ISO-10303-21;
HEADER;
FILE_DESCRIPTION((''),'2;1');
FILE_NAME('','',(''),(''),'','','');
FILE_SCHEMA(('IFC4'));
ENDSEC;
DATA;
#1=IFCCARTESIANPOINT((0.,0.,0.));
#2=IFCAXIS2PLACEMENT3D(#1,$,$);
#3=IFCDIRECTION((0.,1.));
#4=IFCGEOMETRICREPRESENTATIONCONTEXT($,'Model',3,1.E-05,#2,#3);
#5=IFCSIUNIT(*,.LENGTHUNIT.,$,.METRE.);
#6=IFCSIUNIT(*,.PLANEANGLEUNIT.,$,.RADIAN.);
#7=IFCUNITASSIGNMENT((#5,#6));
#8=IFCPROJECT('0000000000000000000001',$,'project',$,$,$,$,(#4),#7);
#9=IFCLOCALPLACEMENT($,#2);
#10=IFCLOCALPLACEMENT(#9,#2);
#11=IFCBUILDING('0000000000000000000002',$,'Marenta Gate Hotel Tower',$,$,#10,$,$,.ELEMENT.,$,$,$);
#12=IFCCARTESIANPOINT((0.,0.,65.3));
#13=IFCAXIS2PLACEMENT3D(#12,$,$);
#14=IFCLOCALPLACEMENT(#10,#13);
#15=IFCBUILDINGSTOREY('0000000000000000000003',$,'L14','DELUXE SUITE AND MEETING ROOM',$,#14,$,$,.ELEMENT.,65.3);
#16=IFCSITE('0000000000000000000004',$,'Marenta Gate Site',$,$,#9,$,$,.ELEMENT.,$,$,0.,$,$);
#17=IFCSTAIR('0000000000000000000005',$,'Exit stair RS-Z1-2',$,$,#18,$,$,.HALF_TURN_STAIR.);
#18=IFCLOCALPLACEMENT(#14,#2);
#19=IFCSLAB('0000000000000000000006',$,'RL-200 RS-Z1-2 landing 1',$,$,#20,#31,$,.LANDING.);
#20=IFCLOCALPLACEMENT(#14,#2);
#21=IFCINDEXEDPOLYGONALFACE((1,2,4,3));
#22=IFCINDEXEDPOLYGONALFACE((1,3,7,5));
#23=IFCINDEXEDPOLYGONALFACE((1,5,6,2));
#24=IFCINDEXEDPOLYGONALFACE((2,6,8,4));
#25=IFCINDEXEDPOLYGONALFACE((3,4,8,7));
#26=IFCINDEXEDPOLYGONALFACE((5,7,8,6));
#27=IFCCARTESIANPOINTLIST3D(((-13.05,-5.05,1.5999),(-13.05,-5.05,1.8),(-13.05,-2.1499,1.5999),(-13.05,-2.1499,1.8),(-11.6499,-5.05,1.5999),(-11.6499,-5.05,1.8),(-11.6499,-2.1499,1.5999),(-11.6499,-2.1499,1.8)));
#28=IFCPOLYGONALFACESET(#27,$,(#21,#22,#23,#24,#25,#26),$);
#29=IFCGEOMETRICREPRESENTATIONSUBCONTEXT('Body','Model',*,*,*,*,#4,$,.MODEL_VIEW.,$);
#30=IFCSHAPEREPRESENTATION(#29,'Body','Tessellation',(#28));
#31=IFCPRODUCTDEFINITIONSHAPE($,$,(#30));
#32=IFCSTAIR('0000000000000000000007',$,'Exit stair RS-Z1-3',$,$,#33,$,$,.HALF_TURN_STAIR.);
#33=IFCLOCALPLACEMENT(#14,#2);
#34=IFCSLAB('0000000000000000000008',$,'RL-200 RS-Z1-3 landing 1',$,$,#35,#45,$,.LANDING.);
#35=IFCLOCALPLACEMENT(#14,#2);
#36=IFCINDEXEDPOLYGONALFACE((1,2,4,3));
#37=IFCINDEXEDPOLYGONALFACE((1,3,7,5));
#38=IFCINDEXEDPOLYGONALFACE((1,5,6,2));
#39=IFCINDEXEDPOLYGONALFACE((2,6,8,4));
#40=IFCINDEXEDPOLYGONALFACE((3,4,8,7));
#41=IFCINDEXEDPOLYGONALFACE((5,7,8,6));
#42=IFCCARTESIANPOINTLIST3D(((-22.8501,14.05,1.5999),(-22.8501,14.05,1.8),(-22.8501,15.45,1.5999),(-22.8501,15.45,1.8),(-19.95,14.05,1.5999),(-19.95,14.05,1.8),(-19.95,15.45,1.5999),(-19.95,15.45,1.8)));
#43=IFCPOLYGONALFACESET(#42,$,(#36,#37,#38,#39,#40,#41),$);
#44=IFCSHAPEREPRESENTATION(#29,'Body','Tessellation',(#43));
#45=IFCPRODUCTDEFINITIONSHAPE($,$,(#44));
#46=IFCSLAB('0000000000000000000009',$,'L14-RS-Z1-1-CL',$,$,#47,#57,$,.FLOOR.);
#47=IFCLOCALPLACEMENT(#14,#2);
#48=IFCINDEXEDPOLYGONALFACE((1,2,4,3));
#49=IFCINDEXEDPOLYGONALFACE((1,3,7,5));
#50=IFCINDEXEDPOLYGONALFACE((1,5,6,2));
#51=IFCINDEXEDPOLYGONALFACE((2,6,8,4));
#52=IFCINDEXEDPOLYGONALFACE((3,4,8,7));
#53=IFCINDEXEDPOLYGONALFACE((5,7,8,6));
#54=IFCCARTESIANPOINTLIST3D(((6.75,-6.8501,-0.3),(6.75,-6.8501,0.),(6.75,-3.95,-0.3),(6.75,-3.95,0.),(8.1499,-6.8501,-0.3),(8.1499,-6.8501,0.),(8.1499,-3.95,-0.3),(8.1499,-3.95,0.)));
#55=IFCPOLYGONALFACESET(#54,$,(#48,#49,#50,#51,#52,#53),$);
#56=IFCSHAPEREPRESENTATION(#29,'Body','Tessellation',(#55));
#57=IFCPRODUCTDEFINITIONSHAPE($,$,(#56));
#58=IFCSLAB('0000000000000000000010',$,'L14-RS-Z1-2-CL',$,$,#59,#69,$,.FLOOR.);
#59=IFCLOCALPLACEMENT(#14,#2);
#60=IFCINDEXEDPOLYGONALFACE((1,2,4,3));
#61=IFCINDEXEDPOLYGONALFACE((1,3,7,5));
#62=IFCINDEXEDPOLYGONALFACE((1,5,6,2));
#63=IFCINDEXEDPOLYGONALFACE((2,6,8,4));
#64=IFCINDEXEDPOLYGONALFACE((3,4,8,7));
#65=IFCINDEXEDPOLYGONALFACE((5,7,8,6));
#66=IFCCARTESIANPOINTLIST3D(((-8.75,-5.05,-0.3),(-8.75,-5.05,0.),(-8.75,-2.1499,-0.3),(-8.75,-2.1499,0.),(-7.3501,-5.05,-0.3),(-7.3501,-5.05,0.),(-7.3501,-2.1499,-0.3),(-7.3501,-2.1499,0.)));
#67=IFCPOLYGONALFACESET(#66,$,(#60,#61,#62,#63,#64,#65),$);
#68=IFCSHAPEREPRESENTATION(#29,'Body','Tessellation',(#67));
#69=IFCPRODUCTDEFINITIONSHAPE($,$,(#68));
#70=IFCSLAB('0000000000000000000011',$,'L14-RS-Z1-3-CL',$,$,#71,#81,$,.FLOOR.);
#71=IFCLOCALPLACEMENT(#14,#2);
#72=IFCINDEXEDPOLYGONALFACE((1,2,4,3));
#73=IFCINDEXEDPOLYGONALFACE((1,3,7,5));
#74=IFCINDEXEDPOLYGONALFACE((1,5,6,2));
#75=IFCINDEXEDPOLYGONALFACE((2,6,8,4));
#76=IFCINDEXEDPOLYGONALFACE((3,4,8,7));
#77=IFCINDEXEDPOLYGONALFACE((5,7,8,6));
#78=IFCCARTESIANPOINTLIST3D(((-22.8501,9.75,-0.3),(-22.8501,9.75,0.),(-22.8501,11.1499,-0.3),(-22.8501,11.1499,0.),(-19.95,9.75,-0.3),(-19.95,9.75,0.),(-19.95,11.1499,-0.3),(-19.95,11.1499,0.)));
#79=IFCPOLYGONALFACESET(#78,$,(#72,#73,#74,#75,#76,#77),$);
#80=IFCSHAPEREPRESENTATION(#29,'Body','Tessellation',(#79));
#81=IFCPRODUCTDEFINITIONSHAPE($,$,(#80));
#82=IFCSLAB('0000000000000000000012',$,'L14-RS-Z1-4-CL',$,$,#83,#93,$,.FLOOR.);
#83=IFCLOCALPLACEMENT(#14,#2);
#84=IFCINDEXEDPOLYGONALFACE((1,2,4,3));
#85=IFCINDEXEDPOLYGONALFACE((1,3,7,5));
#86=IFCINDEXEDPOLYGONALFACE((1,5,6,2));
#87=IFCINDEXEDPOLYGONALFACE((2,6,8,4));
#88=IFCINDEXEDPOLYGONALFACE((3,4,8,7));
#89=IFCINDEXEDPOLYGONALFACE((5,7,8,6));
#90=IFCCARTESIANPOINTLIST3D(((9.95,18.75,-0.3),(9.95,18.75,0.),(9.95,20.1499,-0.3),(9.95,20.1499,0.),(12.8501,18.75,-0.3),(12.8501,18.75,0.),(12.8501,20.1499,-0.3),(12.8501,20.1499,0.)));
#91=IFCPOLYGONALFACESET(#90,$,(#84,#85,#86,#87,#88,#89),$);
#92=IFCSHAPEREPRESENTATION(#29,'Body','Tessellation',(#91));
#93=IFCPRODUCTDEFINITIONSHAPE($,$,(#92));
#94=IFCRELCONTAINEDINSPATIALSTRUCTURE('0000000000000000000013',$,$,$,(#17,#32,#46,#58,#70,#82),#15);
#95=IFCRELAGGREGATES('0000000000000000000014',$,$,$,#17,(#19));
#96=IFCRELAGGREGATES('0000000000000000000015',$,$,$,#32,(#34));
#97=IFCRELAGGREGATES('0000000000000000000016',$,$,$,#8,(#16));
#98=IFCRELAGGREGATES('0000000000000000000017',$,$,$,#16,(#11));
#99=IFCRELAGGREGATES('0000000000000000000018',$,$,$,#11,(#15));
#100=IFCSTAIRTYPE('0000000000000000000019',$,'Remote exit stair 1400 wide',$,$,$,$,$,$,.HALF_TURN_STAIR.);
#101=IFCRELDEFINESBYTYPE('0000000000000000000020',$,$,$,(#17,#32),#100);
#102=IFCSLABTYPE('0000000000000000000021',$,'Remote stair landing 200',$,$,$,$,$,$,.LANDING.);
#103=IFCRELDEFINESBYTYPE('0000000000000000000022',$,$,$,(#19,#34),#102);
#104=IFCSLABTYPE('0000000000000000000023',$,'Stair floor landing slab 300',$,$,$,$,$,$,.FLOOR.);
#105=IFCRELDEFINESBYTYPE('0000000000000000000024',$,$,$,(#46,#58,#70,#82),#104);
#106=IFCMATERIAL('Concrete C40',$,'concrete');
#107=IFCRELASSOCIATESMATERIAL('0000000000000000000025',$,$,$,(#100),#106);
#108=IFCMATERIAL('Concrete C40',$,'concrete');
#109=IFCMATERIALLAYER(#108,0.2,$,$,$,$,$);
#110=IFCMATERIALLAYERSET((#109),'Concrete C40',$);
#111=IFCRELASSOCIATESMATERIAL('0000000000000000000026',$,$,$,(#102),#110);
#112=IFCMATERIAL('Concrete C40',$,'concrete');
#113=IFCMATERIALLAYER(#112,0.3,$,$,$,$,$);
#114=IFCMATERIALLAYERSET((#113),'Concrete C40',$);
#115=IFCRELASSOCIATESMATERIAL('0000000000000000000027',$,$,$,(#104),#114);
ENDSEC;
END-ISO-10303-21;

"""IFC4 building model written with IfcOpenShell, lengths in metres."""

from ifc_helpers import new_model, si_unit, direction, frame, origin, place, context, subcontext, project, spatial, polyline, outline, extrude, material, layer, layer_set, type_object, element, aggregate, save


model = new_model("IFC4")

# Units and contexts
model_context = context("Model", 3, precision=1e-05, world=origin(), true_north=direction((0.0, 1.0)))
body_context = subcontext(model_context, "Body", "Model", "MODEL_VIEW")
ifc_project = project(units=[si_unit("LENGTHUNIT", "METRE"), si_unit("PLANEANGLEUNIT", "RADIAN")], contexts=[model_context])

# Site, building, storey
site_placement = place(None, origin())
site = spatial("IfcSite", under=ifc_project, at=site_placement, Name="Marenta Gate Site", CompositionType="ELEMENT", RefElevation=0.0)
building_placement = place(site_placement, origin())
building = spatial("IfcBuilding", under=site, at=building_placement, Name="Marenta Gate Hotel Tower", CompositionType="ELEMENT")
storey_placement = place(building_placement, frame((0.0, 0.0, 65.3)))
storey = spatial("IfcBuildingStorey", under=building, at=storey_placement, Name="L14", Description="DELUXE SUITE AND MEETING ROOM", CompositionType="ELEMENT", Elevation=65.3)

# Stairs, slabs
ifc_material_1 = material(Name="Concrete C40", Category="concrete")
stair_type_1 = type_object("IfcStairType", Name="Remote exit stair 1400 wide", PredefinedType="HALF_TURN_STAIR", material=ifc_material_1)
ifc_material_2 = material(Name="Concrete C40", Category="concrete")
ifc_layer_1 = layer(ifc_material_2, 0.2)
ifc_layer_set_1 = layer_set([ifc_layer_1], Name="Concrete C40")
slab_type_1 = type_object("IfcSlabType", Name="Remote stair landing 200", PredefinedType="LANDING", material=ifc_layer_set_1)
stair_1_placement = place(storey_placement, origin())
stair_1 = element("IfcStair", 1, at=stair_1_placement, inside=storey, type_object=stair_type_1, Name="Exit stair RS-Z1-2", PredefinedType="HALF_TURN_STAIR")
slab_1_placement = place(storey_placement, frame((0.0, 0.0, 1.5999)))
slab_1 = element("IfcSlab", 2, at=slab_1_placement, type_object=slab_type_1, Name="RL-200 RS-Z1-2 landing 1", PredefinedType="LANDING", context=body_context, shape_type="SweptSolid", body=[
    extrude(outline(polyline([(-13.05, -5.05), (-11.6499, -5.05), (-11.6499, -2.1499), (-13.05, -2.1499), (-13.05, -5.05)])), origin(), (0.0, 0.0, 1.0), 0.2002),
])
aggregate(stair_1, [slab_1])
stair_2_placement = place(storey_placement, origin())
stair_2 = element("IfcStair", 3, at=stair_2_placement, inside=storey, type_object=stair_type_1, Name="Exit stair RS-Z1-3", PredefinedType="HALF_TURN_STAIR")
slab_2_placement = place(storey_placement, frame((0.0, 0.0, 1.5999)))
slab_2 = element("IfcSlab", 4, at=slab_2_placement, type_object=slab_type_1, Name="RL-200 RS-Z1-3 landing 1", PredefinedType="LANDING", context=body_context, shape_type="SweptSolid", body=[
    extrude(outline(polyline([(-22.8501, 14.05), (-19.95, 14.05), (-19.95, 15.45), (-22.8501, 15.45), (-22.8501, 14.05)])), origin(), (0.0, 0.0, 1.0), 0.2002),
])
aggregate(stair_2, [slab_2])

# Slabs
ifc_material_3 = material(Name="Concrete C40", Category="concrete")
ifc_layer_2 = layer(ifc_material_3, 0.3)
ifc_layer_set_2 = layer_set([ifc_layer_2], Name="Concrete C40")
slab_type_2 = type_object("IfcSlabType", Name="Stair floor landing slab 300", PredefinedType="FLOOR", material=ifc_layer_set_2)
slab_3_placement = place(storey_placement, frame((0.0, 0.0, -0.3)))
element("IfcSlab", 5, at=slab_3_placement, inside=storey, type_object=slab_type_2, Name="L14-RS-Z1-1-CL", PredefinedType="FLOOR", context=body_context, shape_type="SweptSolid", body=[
    extrude(outline(polyline([(8.1499, -6.8501), (8.1499, -3.95), (6.75, -3.95), (6.75, -6.8501), (8.1499, -6.8501)])), origin(), (0.0, 0.0, 1.0), 0.3),
])
slab_4_placement = place(storey_placement, frame((0.0, 0.0, -0.3)))
element("IfcSlab", 6, at=slab_4_placement, inside=storey, type_object=slab_type_2, Name="L14-RS-Z1-2-CL", PredefinedType="FLOOR", context=body_context, shape_type="SweptSolid", body=[
    extrude(outline(polyline([(-7.3501, -5.05), (-7.3501, -2.1499), (-8.75, -2.1499), (-8.75, -5.05), (-7.3501, -5.05)])), origin(), (0.0, 0.0, 1.0), 0.3),
])
slab_5_placement = place(storey_placement, frame((0.0, 0.0, -0.3)))
element("IfcSlab", 7, at=slab_5_placement, inside=storey, type_object=slab_type_2, Name="L14-RS-Z1-3-CL", PredefinedType="FLOOR", context=body_context, shape_type="SweptSolid", body=[
    extrude(outline(polyline([(-19.95, 9.75), (-19.95, 11.1499), (-22.8501, 11.1499), (-22.8501, 9.75), (-19.95, 9.75)])), origin(), (0.0, 0.0, 1.0), 0.3),
])
slab_6_placement = place(storey_placement, frame((0.0, 0.0, -0.3)))
element("IfcSlab", 8, at=slab_6_placement, inside=storey, type_object=slab_type_2, Name="L14-RS-Z1-4-CL", PredefinedType="FLOOR", context=body_context, shape_type="SweptSolid", body=[
    extrude(outline(polyline([(12.8501, 18.75), (12.8501, 20.1499), (9.95, 20.1499), (9.95, 18.75), (12.8501, 18.75)])), origin(), (0.0, 0.0, 1.0), 0.3),
])

save(model, "model.ifc")
